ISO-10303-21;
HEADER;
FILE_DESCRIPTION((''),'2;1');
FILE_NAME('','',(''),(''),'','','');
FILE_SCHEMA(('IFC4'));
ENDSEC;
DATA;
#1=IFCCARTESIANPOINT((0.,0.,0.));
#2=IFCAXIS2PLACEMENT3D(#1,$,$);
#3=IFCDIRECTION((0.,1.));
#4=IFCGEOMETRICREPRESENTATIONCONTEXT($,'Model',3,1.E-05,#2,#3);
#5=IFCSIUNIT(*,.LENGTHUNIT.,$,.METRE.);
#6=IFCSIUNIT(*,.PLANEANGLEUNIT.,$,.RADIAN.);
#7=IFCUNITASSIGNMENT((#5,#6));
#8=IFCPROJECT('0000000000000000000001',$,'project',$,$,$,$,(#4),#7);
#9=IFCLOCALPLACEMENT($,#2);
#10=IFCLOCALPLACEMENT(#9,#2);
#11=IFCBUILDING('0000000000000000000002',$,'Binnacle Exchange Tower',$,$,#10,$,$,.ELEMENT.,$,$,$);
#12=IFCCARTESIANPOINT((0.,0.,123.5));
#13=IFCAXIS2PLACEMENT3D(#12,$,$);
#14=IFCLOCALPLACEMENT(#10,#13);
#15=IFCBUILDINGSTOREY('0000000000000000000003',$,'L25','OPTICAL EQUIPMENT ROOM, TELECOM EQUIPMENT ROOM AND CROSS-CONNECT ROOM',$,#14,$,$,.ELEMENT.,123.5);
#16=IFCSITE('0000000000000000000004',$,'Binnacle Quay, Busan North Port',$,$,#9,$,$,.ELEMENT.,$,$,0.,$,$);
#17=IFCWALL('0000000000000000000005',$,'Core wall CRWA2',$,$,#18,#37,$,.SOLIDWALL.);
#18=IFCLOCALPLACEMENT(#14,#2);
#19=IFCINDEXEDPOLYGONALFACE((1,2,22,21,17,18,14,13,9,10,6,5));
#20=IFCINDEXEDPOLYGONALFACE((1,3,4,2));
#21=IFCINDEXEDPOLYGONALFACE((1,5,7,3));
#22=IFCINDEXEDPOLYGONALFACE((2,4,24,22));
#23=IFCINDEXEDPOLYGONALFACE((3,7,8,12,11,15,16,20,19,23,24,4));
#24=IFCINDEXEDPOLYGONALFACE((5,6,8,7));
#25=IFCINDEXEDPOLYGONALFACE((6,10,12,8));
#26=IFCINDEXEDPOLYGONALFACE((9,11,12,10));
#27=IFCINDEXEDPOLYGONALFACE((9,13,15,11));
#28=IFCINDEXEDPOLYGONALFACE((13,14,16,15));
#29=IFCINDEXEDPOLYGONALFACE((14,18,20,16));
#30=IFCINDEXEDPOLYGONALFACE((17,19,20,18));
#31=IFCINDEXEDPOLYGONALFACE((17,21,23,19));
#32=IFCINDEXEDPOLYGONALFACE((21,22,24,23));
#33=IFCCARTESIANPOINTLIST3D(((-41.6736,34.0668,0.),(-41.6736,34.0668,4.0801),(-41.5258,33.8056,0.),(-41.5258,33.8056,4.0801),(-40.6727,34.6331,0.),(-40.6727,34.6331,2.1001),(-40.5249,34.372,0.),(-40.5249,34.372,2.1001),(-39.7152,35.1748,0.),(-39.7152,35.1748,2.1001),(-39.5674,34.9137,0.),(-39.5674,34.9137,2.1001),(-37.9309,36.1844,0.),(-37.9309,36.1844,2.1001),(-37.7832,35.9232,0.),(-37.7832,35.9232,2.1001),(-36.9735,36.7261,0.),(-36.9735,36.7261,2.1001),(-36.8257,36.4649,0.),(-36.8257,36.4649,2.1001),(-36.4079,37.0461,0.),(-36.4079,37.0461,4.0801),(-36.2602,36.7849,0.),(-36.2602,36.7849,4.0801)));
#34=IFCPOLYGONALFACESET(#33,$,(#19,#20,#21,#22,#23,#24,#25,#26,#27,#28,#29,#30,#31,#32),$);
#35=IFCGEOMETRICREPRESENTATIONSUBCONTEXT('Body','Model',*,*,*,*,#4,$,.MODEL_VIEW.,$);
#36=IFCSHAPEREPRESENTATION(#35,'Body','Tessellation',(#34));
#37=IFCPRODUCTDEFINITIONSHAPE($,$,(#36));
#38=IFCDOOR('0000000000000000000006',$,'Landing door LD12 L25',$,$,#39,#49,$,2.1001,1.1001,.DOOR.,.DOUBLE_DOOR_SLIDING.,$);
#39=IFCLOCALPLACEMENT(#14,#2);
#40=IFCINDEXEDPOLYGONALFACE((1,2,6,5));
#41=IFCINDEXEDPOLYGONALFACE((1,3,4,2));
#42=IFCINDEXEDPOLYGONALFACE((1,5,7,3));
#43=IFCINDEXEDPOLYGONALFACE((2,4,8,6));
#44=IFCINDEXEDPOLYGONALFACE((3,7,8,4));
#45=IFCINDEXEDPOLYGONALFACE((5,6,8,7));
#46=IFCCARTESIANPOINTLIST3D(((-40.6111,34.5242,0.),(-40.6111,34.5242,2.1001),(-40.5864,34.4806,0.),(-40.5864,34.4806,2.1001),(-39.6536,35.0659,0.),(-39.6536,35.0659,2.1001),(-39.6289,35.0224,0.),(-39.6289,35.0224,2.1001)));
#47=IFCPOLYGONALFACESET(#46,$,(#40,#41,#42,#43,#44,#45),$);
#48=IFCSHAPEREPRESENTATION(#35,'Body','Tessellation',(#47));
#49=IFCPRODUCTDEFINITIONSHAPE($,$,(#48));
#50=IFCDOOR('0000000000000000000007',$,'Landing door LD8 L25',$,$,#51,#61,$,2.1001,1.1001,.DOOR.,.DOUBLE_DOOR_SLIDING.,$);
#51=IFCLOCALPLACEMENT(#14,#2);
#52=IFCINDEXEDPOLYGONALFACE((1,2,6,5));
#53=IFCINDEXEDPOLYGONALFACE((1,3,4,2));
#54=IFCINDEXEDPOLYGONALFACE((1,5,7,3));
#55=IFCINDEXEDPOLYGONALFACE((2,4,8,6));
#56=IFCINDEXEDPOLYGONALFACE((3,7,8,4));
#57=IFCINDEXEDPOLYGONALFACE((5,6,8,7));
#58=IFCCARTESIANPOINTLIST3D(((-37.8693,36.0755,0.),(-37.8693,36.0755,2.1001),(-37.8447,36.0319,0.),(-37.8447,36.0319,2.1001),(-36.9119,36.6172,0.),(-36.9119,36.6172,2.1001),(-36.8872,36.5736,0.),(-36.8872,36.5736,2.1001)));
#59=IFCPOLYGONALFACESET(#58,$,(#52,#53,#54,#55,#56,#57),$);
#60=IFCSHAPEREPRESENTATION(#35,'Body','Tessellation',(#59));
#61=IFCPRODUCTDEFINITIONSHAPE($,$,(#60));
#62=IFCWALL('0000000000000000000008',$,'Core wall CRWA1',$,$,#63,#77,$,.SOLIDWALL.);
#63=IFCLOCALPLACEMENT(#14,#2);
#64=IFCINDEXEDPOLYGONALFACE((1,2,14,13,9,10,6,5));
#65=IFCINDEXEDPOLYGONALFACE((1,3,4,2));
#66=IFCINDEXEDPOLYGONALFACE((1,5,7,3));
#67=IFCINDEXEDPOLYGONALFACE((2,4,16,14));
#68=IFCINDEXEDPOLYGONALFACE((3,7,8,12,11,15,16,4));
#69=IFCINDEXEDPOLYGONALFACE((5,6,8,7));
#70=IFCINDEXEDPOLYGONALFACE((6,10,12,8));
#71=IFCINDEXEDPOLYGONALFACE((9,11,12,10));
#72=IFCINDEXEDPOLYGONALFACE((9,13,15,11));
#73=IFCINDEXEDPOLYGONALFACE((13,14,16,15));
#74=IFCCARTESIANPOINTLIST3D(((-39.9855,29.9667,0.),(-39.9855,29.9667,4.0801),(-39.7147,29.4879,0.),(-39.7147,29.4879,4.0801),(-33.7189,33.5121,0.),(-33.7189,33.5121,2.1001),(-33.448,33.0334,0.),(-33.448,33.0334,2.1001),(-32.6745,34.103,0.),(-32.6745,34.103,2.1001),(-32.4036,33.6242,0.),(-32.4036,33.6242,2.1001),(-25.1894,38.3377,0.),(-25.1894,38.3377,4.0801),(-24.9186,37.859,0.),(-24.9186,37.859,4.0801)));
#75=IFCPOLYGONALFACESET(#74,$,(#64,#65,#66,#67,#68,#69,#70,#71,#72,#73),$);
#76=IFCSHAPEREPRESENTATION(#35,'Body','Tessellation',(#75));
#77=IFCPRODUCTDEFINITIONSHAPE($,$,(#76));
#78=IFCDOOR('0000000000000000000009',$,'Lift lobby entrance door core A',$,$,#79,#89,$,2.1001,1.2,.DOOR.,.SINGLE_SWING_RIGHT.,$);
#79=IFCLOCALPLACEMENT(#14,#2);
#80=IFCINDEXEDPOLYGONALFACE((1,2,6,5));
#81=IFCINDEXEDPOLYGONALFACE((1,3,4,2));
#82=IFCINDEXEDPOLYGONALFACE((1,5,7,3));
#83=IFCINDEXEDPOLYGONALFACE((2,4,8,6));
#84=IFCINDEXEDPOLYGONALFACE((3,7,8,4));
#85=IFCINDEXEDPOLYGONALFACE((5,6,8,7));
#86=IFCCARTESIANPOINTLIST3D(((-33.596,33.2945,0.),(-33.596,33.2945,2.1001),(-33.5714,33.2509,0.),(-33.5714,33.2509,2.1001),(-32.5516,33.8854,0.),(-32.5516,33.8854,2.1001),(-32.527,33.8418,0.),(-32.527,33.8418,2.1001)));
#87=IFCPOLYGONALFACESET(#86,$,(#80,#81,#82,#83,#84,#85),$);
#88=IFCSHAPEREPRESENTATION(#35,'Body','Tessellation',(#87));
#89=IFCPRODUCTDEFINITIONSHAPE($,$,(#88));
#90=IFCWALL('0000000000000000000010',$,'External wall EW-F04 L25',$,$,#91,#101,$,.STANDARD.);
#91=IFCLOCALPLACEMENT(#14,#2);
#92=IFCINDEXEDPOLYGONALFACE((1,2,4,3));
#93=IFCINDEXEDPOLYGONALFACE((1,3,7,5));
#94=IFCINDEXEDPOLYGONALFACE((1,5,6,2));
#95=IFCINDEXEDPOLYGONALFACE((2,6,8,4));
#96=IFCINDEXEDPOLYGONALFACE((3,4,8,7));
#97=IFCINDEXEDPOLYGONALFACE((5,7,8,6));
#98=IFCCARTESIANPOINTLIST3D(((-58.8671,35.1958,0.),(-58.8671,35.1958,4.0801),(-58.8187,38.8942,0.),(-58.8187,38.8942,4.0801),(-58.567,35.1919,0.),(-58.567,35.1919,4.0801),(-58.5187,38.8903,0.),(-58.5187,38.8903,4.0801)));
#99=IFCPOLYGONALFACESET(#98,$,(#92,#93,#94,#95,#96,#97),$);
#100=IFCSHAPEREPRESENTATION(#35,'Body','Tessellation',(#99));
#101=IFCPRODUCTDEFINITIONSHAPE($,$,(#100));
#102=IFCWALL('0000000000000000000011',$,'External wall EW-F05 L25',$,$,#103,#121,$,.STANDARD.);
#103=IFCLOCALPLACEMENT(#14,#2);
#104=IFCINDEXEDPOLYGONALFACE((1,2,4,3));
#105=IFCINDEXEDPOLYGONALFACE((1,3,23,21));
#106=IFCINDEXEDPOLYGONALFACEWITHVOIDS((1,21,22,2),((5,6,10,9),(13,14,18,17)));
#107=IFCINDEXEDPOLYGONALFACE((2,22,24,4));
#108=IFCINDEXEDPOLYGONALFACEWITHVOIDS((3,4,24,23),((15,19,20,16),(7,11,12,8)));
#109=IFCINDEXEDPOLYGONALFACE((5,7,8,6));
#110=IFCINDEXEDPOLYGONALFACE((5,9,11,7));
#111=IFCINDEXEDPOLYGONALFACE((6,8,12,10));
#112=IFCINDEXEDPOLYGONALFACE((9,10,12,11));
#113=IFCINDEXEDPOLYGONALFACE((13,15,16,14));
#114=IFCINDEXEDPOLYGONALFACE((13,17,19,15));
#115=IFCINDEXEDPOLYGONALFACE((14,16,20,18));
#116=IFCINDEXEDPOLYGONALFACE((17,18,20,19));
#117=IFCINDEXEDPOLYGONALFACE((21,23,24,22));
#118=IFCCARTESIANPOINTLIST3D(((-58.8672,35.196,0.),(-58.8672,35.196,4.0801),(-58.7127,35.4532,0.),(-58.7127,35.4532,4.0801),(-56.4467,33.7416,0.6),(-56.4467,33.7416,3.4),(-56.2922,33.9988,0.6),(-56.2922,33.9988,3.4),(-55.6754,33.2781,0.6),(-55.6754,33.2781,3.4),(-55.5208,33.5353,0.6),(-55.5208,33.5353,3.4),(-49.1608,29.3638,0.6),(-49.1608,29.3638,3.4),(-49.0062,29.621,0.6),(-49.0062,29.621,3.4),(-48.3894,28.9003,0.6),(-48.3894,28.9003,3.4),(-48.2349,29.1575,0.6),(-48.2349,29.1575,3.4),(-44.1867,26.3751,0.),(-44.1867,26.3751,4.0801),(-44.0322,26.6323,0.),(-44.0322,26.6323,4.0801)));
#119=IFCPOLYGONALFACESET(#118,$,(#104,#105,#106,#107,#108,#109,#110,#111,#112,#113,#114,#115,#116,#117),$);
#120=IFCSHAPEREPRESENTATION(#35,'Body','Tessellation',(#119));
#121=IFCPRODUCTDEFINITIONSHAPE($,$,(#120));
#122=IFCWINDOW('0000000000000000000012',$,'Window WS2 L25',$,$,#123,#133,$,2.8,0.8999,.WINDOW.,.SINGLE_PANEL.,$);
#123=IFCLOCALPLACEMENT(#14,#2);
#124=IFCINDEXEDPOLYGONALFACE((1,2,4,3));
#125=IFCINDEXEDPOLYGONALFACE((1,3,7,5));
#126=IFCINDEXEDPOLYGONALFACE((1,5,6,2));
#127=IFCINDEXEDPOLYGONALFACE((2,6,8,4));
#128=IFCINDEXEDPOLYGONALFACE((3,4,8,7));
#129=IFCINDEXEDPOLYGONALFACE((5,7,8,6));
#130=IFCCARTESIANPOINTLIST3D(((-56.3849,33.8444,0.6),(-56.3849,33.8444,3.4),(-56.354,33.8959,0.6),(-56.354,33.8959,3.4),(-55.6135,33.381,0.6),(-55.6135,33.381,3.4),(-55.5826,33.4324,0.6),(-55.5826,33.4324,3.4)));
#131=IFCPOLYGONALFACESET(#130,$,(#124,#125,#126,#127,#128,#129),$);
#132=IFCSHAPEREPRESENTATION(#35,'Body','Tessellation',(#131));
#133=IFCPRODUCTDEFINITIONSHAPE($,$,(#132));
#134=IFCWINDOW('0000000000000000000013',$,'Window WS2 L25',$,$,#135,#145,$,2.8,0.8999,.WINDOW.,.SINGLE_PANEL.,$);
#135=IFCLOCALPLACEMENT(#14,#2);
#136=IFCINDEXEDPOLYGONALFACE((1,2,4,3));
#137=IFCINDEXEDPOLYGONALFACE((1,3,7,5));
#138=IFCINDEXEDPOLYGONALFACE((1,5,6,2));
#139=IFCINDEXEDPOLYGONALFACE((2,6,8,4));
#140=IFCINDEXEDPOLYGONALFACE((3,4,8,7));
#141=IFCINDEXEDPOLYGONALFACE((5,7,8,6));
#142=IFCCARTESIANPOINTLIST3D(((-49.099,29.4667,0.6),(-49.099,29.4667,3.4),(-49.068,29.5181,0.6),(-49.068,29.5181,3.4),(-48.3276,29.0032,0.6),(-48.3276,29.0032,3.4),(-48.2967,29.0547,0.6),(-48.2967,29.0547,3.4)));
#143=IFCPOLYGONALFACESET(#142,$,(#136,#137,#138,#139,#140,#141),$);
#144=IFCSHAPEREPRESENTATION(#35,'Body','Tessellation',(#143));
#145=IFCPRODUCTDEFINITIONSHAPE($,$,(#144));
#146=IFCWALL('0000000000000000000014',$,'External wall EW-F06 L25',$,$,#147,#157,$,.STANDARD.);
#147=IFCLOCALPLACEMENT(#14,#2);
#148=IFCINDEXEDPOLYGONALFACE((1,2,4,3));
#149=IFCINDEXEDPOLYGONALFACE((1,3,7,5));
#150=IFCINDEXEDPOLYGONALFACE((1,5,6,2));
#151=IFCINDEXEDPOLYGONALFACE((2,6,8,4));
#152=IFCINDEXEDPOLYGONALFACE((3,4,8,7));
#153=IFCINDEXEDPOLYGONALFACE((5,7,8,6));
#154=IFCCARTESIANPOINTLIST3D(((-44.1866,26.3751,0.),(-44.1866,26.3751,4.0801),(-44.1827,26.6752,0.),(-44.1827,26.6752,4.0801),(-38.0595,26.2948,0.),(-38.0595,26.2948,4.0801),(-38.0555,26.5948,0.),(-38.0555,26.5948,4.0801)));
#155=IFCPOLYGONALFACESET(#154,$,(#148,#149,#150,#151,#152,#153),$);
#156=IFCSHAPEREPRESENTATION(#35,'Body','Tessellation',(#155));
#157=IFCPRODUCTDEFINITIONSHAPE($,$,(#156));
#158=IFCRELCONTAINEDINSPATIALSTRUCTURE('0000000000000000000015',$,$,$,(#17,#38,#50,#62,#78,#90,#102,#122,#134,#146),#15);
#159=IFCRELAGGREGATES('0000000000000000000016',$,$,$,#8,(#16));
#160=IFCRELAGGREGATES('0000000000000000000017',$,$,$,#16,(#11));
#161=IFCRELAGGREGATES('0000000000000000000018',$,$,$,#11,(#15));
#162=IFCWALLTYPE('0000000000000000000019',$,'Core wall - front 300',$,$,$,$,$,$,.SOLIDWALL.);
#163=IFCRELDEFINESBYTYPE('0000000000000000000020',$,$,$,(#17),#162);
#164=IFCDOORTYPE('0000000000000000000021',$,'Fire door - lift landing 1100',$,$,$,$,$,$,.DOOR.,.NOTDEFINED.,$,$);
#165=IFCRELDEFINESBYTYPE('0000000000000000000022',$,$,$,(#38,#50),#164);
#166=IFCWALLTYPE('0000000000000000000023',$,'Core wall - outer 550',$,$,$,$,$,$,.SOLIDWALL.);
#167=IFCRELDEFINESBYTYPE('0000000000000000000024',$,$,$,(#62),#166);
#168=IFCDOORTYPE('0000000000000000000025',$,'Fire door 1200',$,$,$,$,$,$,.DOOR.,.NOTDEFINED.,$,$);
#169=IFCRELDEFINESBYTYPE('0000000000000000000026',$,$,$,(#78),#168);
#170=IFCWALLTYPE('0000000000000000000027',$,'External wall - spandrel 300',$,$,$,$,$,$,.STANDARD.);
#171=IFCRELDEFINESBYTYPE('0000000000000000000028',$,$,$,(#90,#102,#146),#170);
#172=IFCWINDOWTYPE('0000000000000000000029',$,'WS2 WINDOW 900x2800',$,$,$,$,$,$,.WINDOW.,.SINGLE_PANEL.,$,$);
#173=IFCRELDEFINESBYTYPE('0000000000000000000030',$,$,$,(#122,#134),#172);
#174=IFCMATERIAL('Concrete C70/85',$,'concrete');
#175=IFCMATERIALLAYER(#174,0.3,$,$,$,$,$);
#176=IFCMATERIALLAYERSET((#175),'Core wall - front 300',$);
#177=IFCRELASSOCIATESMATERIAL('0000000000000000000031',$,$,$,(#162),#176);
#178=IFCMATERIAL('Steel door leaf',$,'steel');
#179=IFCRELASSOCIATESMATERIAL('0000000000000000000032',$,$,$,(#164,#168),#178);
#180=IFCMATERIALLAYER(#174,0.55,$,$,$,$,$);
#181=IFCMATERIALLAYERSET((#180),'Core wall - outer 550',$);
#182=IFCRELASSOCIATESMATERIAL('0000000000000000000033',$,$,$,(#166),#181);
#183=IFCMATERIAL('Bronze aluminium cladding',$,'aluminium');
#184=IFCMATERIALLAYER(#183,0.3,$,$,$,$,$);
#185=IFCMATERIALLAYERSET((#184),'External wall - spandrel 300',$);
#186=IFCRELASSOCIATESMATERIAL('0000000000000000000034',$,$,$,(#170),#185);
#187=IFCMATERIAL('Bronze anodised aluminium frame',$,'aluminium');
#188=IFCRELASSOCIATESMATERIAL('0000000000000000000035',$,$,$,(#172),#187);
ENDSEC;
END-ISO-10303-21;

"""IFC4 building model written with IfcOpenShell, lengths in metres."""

from ifc_helpers import new_model, si_unit, direction, frame, frame_2d, origin, place, context, subcontext, project, spatial, rectangle, extrude, material, layer, layer_set, type_object, element, fill, save


model = new_model("IFC4")

# Units and contexts
model_context = context("Model", 3, precision=1e-05, world=origin(), true_north=direction((0.0, 1.0)))
body_context = subcontext(model_context, "Body", "Model", "MODEL_VIEW")
ifc_project = project(units=[si_unit("LENGTHUNIT", "METRE"), si_unit("PLANEANGLEUNIT", "RADIAN")], contexts=[model_context])

# Site, building, storey
site_placement = place(None, origin())
site = spatial("IfcSite", under=ifc_project, at=site_placement, Name="Binnacle Quay, Busan North Port", CompositionType="ELEMENT", RefElevation=0.0)
building_placement = place(site_placement, origin())
building = spatial("IfcBuilding", under=site, at=building_placement, Name="Binnacle Exchange Tower", CompositionType="ELEMENT")
storey_placement = place(building_placement, frame((0.0, 0.0, 123.5)))
storey = spatial("IfcBuildingStorey", under=building, at=storey_placement, Name="L25", Description="OPTICAL EQUIPMENT ROOM, TELECOM EQUIPMENT ROOM AND CROSS-CONNECT ROOM", CompositionType="ELEMENT", Elevation=123.5)

# Shared definitions
ifc_material_1 = material(Name="Concrete C70/85", Category="concrete")

# Wall, openings, doors
ifc_layer_1 = layer(ifc_material_1, 0.3)
ifc_layer_set_1 = layer_set([ifc_layer_1], Name="Core wall - front 300")
wall_type_1 = type_object("IfcWallType", Name="Core wall - front 300", PredefinedType="SOLIDWALL", material=ifc_layer_set_1)
wall_1_placement = place(storey_placement, frame((-41.5996, 33.9363, 0.0), z_axis=(0.0, 0.0, 1.0), x_axis=(0.870349, 0.492436, 0.0)))
wall_1 = element("IfcWall", 1, at=wall_1_placement, inside=storey, type_object=wall_type_1, Name="Core wall CRWA2", PredefinedType="SOLIDWALL", context=body_context, shape_type="SweptSolid", body=[
    extrude(rectangle(XDim=6.05, YDim=0.3, at=frame_2d((3.0249, 0.0))), origin(), (0.0, 0.0, 1.0), 4.0801),
])
opening_1_placement = place(wall_1_placement, frame((1.1499, 0.0, 0.0)))
opening_1 = element("IfcOpeningElement", 2, at=opening_1_placement, cuts=wall_1, PredefinedType="OPENING", context=body_context, shape_type="SweptSolid", body=[
    extrude(rectangle(XDim=1.1001, YDim=2.1001, at=frame_2d((0.55, 1.05))), frame((0.0, 0.1599, 0.0), z_axis=(0.0, -1.0, 0.0), x_axis=(1.0, 0.0, 0.0)), (0.0, 0.0, 1.0), 0.3201),
])
opening_2_placement = place(wall_1_placement, frame((4.3, 0.0, 0.0)))
opening_2 = element("IfcOpeningElement", 3, at=opening_2_placement, cuts=wall_1, PredefinedType="OPENING", context=body_context, shape_type="SweptSolid", body=[
    extrude(rectangle(XDim=1.1001, YDim=2.1001, at=frame_2d((0.55, 1.05))), frame((0.0, 0.1599, 0.0), z_axis=(0.0, -1.0, 0.0), x_axis=(1.0, 0.0, 0.0)), (0.0, 0.0, 1.0), 0.3201),
])
ifc_material_2 = material(Name="Steel door leaf", Category="steel")
door_type_1 = type_object("IfcDoorType", Name="Fire door - lift landing 1100", OperationType="NOTDEFINED", PredefinedType="DOOR", material=ifc_material_2)
door_1_placement = place(opening_1_placement, origin())
door_1 = element("IfcDoor", 4, at=door_1_placement, inside=storey, type_object=door_type_1, Name="Landing door LD12 L25", OperationType="DOUBLE_DOOR_SLIDING", OverallHeight=2.1001, OverallWidth=1.1001, PredefinedType="DOOR", context=body_context, shape_type="SweptSolid", body=[
    extrude(rectangle(XDim=1.1001, YDim=2.1001, at=frame_2d((0.55, 1.05))), frame((0.0, 0.0249, 0.0), z_axis=(0.0, -1.0, 0.0), x_axis=(1.0, 0.0, 0.0)), (0.0, 0.0, 1.0), 0.05),
])
fill(opening_1, door_1)
door_2_placement = place(opening_2_placement, origin())
door_2 = element("IfcDoor", 5, at=door_2_placement, inside=storey, type_object=door_type_1, Name="Landing door LD8 L25", OperationType="DOUBLE_DOOR_SLIDING", OverallHeight=2.1001, OverallWidth=1.1001, PredefinedType="DOOR", context=body_context, shape_type="SweptSolid", body=[
    extrude(rectangle(XDim=1.1001, YDim=2.1001, at=frame_2d((0.55, 1.05))), frame((0.0, 0.0249, 0.0), z_axis=(0.0, -1.0, 0.0), x_axis=(1.0, 0.0, 0.0)), (0.0, 0.0, 1.0), 0.05),
])
fill(opening_2, door_2)

# Wall, opening, door
ifc_layer_2 = layer(ifc_material_1, 0.55)
ifc_layer_set_2 = layer_set([ifc_layer_2], Name="Core wall - outer 550")
wall_type_2 = type_object("IfcWallType", Name="Core wall - outer 550", PredefinedType="SOLIDWALL", material=ifc_layer_set_2)
wall_2_placement = place(storey_placement, frame((-39.8501, 29.7273, 0.0), z_axis=(0.0, 0.0, 1.0), x_axis=(0.87036, 0.492416, 0.0)))
wall_2 = element("IfcWall", 6, at=wall_2_placement, inside=storey, type_object=wall_type_2, Name="Core wall CRWA1", PredefinedType="SOLIDWALL", context=body_context, shape_type="SweptSolid", body=[
    extrude(rectangle(XDim=17.0, YDim=0.55, at=frame_2d((8.5, 0.0))), origin(), (0.0, 0.0, 1.0), 4.0801),
])
opening_3_placement = place(wall_2_placement, frame((7.2, 0.0, 0.0)))
opening_3 = element("IfcOpeningElement", 7, at=opening_3_placement, cuts=wall_2, PredefinedType="OPENING", context=body_context, shape_type="SweptSolid", body=[
    extrude(rectangle(XDim=1.2, YDim=2.1001, at=frame_2d((0.6001, 1.05))), frame((0.0, 0.2849, 0.0), z_axis=(0.0, -1.0, 0.0), x_axis=(1.0, 0.0, 0.0)), (0.0, 0.0, 1.0), 0.5701),
])
door_type_2 = type_object("IfcDoorType", Name="Fire door 1200", OperationType="NOTDEFINED", PredefinedType="DOOR", material=ifc_material_2)
door_3_placement = place(opening_3_placement, frame((1.2, 0.0, 0.0), z_axis=(0.0, 0.0, 1.0), x_axis=(-1.0, 0.0, 0.0)))
door_3 = element("IfcDoor", 8, at=door_3_placement, inside=storey, type_object=door_type_2, Name="Lift lobby entrance door core A", OperationType="SINGLE_SWING_RIGHT", OverallHeight=2.1001, OverallWidth=1.2, PredefinedType="DOOR", context=body_context, shape_type="SweptSolid", body=[
    extrude(rectangle(XDim=1.2, YDim=2.1001, at=frame_2d((0.6001, 1.05))), frame((0.0, 0.0249, 0.0), z_axis=(0.0, -1.0, 0.0), x_axis=(1.0, 0.0, 0.0)), (0.0, 0.0, 1.0), 0.05),
])
fill(opening_3, door_3)

# Wall
ifc_material_3 = material(Name="Bronze aluminium cladding", Category="aluminium")
ifc_layer_3 = layer(ifc_material_3, 0.3)
ifc_layer_set_3 = layer_set([ifc_layer_3], Name="External wall - spandrel 300")
wall_type_3 = type_object("IfcWallType", Name="External wall - spandrel 300", PredefinedType="STANDARD", material=ifc_layer_set_3)
wall_3_placement = place(storey_placement, frame((-58.717, 35.1938, 0.0), z_axis=(0.0, 0.0, 1.0), x_axis=(0.013069, 0.999915, 0.0)))
element("IfcWall", 9, at=wall_3_placement, inside=storey, type_object=wall_type_3, Name="External wall EW-F04 L25", PredefinedType="STANDARD", context=body_context, shape_type="SweptSolid", body=[
    extrude(rectangle(XDim=3.6987, YDim=0.3, at=frame_2d((1.8494, 0.0))), origin(), (0.0, 0.0, 1.0), 4.0801),
])

# Wall, openings, windows
wall_4_placement = place(storey_placement, frame((-44.1094, 26.5037, 0.0), z_axis=(0.0, 0.0, 1.0), x_axis=(-0.85717, 0.515034, 0.0)))
wall_4 = element("IfcWall", 10, at=wall_4_placement, inside=storey, type_object=wall_type_3, Name="External wall EW-F05 L25", PredefinedType="STANDARD", context=body_context, shape_type="SweptSolid", body=[
    extrude(rectangle(XDim=17.1267, YDim=0.3, at=frame_2d((8.5635, 0.0))), origin(), (0.0, 0.0, 1.0), 4.0801),
])
opening_4_placement = place(wall_4_placement, frame((13.4031, 0.0, 0.6001)))
opening_4 = element("IfcOpeningElement", 11, at=opening_4_placement, cuts=wall_4, PredefinedType="OPENING", context=body_context, shape_type="SweptSolid", body=[
    extrude(rectangle(XDim=0.8999, YDim=2.8, at=frame_2d((0.45, 1.3999))), frame((0.0, 0.1599, 0.0), z_axis=(0.0, -1.0, 0.0), x_axis=(1.0, 0.0, 0.0)), (0.0, 0.0, 1.0), 0.3201),
])
opening_5_placement = place(wall_4_placement, frame((4.9031, 0.0, 0.6001)))
opening_5 = element("IfcOpeningElement", 12, at=opening_5_placement, cuts=wall_4, PredefinedType="OPENING", context=body_context, shape_type="SweptSolid", body=[
    extrude(rectangle(XDim=0.8999, YDim=2.8, at=frame_2d((0.45, 1.3999))), frame((0.0, 0.1599, 0.0), z_axis=(0.0, -1.0, 0.0), x_axis=(1.0, 0.0, 0.0)), (0.0, 0.0, 1.0), 0.3201),
])
ifc_material_4 = material(Name="Bronze anodised aluminium frame", Category="aluminium")
window_type = type_object("IfcWindowType", Name="WS2 WINDOW 900x2800", PartitioningType="SINGLE_PANEL", PredefinedType="WINDOW", material=ifc_material_4)
window_1_placement = place(opening_4_placement, origin())
window_1 = element("IfcWindow", 13, at=window_1_placement, inside=storey, type_object=window_type, Name="Window WS2 L25", OverallHeight=2.8, OverallWidth=0.8999, PartitioningType="SINGLE_PANEL", PredefinedType="WINDOW", context=body_context, shape_type="SweptSolid", body=[
    extrude(rectangle(XDim=0.8999, YDim=2.8, at=frame_2d((0.45, 1.3999))), frame((0.0, 0.03, 0.0), z_axis=(0.0, -1.0, 0.0), x_axis=(1.0, 0.0, 0.0)), (0.0, 0.0, 1.0), 0.0601),
])
fill(opening_4, window_1)
window_2_placement = place(opening_5_placement, origin())
window_2 = element("IfcWindow", 14, at=window_2_placement, inside=storey, type_object=window_type, Name="Window WS2 L25", OverallHeight=2.8, OverallWidth=0.8999, PartitioningType="SINGLE_PANEL", PredefinedType="WINDOW", context=body_context, shape_type="SweptSolid", body=[
    extrude(rectangle(XDim=0.8999, YDim=2.8, at=frame_2d((0.45, 1.3999))), frame((0.0, 0.03, 0.0), z_axis=(0.0, -1.0, 0.0), x_axis=(1.0, 0.0, 0.0)), (0.0, 0.0, 1.0), 0.0601),
])
fill(opening_5, window_2)

# Wall
wall_5_placement = place(storey_placement, frame((-38.0574, 26.4448, 0.0), z_axis=(0.0, 0.0, 1.0), x_axis=(-0.999914, 0.013108, 0.0)))
element("IfcWall", 15, at=wall_5_placement, inside=storey, type_object=wall_type_3, Name="External wall EW-F06 L25", PredefinedType="STANDARD", context=body_context, shape_type="SweptSolid", body=[
    extrude(rectangle(XDim=6.1277, YDim=0.3, at=frame_2d((3.064, 0.0))), origin(), (0.0, 0.0, 1.0), 4.0801),
])

save(model, "model.ifc")
